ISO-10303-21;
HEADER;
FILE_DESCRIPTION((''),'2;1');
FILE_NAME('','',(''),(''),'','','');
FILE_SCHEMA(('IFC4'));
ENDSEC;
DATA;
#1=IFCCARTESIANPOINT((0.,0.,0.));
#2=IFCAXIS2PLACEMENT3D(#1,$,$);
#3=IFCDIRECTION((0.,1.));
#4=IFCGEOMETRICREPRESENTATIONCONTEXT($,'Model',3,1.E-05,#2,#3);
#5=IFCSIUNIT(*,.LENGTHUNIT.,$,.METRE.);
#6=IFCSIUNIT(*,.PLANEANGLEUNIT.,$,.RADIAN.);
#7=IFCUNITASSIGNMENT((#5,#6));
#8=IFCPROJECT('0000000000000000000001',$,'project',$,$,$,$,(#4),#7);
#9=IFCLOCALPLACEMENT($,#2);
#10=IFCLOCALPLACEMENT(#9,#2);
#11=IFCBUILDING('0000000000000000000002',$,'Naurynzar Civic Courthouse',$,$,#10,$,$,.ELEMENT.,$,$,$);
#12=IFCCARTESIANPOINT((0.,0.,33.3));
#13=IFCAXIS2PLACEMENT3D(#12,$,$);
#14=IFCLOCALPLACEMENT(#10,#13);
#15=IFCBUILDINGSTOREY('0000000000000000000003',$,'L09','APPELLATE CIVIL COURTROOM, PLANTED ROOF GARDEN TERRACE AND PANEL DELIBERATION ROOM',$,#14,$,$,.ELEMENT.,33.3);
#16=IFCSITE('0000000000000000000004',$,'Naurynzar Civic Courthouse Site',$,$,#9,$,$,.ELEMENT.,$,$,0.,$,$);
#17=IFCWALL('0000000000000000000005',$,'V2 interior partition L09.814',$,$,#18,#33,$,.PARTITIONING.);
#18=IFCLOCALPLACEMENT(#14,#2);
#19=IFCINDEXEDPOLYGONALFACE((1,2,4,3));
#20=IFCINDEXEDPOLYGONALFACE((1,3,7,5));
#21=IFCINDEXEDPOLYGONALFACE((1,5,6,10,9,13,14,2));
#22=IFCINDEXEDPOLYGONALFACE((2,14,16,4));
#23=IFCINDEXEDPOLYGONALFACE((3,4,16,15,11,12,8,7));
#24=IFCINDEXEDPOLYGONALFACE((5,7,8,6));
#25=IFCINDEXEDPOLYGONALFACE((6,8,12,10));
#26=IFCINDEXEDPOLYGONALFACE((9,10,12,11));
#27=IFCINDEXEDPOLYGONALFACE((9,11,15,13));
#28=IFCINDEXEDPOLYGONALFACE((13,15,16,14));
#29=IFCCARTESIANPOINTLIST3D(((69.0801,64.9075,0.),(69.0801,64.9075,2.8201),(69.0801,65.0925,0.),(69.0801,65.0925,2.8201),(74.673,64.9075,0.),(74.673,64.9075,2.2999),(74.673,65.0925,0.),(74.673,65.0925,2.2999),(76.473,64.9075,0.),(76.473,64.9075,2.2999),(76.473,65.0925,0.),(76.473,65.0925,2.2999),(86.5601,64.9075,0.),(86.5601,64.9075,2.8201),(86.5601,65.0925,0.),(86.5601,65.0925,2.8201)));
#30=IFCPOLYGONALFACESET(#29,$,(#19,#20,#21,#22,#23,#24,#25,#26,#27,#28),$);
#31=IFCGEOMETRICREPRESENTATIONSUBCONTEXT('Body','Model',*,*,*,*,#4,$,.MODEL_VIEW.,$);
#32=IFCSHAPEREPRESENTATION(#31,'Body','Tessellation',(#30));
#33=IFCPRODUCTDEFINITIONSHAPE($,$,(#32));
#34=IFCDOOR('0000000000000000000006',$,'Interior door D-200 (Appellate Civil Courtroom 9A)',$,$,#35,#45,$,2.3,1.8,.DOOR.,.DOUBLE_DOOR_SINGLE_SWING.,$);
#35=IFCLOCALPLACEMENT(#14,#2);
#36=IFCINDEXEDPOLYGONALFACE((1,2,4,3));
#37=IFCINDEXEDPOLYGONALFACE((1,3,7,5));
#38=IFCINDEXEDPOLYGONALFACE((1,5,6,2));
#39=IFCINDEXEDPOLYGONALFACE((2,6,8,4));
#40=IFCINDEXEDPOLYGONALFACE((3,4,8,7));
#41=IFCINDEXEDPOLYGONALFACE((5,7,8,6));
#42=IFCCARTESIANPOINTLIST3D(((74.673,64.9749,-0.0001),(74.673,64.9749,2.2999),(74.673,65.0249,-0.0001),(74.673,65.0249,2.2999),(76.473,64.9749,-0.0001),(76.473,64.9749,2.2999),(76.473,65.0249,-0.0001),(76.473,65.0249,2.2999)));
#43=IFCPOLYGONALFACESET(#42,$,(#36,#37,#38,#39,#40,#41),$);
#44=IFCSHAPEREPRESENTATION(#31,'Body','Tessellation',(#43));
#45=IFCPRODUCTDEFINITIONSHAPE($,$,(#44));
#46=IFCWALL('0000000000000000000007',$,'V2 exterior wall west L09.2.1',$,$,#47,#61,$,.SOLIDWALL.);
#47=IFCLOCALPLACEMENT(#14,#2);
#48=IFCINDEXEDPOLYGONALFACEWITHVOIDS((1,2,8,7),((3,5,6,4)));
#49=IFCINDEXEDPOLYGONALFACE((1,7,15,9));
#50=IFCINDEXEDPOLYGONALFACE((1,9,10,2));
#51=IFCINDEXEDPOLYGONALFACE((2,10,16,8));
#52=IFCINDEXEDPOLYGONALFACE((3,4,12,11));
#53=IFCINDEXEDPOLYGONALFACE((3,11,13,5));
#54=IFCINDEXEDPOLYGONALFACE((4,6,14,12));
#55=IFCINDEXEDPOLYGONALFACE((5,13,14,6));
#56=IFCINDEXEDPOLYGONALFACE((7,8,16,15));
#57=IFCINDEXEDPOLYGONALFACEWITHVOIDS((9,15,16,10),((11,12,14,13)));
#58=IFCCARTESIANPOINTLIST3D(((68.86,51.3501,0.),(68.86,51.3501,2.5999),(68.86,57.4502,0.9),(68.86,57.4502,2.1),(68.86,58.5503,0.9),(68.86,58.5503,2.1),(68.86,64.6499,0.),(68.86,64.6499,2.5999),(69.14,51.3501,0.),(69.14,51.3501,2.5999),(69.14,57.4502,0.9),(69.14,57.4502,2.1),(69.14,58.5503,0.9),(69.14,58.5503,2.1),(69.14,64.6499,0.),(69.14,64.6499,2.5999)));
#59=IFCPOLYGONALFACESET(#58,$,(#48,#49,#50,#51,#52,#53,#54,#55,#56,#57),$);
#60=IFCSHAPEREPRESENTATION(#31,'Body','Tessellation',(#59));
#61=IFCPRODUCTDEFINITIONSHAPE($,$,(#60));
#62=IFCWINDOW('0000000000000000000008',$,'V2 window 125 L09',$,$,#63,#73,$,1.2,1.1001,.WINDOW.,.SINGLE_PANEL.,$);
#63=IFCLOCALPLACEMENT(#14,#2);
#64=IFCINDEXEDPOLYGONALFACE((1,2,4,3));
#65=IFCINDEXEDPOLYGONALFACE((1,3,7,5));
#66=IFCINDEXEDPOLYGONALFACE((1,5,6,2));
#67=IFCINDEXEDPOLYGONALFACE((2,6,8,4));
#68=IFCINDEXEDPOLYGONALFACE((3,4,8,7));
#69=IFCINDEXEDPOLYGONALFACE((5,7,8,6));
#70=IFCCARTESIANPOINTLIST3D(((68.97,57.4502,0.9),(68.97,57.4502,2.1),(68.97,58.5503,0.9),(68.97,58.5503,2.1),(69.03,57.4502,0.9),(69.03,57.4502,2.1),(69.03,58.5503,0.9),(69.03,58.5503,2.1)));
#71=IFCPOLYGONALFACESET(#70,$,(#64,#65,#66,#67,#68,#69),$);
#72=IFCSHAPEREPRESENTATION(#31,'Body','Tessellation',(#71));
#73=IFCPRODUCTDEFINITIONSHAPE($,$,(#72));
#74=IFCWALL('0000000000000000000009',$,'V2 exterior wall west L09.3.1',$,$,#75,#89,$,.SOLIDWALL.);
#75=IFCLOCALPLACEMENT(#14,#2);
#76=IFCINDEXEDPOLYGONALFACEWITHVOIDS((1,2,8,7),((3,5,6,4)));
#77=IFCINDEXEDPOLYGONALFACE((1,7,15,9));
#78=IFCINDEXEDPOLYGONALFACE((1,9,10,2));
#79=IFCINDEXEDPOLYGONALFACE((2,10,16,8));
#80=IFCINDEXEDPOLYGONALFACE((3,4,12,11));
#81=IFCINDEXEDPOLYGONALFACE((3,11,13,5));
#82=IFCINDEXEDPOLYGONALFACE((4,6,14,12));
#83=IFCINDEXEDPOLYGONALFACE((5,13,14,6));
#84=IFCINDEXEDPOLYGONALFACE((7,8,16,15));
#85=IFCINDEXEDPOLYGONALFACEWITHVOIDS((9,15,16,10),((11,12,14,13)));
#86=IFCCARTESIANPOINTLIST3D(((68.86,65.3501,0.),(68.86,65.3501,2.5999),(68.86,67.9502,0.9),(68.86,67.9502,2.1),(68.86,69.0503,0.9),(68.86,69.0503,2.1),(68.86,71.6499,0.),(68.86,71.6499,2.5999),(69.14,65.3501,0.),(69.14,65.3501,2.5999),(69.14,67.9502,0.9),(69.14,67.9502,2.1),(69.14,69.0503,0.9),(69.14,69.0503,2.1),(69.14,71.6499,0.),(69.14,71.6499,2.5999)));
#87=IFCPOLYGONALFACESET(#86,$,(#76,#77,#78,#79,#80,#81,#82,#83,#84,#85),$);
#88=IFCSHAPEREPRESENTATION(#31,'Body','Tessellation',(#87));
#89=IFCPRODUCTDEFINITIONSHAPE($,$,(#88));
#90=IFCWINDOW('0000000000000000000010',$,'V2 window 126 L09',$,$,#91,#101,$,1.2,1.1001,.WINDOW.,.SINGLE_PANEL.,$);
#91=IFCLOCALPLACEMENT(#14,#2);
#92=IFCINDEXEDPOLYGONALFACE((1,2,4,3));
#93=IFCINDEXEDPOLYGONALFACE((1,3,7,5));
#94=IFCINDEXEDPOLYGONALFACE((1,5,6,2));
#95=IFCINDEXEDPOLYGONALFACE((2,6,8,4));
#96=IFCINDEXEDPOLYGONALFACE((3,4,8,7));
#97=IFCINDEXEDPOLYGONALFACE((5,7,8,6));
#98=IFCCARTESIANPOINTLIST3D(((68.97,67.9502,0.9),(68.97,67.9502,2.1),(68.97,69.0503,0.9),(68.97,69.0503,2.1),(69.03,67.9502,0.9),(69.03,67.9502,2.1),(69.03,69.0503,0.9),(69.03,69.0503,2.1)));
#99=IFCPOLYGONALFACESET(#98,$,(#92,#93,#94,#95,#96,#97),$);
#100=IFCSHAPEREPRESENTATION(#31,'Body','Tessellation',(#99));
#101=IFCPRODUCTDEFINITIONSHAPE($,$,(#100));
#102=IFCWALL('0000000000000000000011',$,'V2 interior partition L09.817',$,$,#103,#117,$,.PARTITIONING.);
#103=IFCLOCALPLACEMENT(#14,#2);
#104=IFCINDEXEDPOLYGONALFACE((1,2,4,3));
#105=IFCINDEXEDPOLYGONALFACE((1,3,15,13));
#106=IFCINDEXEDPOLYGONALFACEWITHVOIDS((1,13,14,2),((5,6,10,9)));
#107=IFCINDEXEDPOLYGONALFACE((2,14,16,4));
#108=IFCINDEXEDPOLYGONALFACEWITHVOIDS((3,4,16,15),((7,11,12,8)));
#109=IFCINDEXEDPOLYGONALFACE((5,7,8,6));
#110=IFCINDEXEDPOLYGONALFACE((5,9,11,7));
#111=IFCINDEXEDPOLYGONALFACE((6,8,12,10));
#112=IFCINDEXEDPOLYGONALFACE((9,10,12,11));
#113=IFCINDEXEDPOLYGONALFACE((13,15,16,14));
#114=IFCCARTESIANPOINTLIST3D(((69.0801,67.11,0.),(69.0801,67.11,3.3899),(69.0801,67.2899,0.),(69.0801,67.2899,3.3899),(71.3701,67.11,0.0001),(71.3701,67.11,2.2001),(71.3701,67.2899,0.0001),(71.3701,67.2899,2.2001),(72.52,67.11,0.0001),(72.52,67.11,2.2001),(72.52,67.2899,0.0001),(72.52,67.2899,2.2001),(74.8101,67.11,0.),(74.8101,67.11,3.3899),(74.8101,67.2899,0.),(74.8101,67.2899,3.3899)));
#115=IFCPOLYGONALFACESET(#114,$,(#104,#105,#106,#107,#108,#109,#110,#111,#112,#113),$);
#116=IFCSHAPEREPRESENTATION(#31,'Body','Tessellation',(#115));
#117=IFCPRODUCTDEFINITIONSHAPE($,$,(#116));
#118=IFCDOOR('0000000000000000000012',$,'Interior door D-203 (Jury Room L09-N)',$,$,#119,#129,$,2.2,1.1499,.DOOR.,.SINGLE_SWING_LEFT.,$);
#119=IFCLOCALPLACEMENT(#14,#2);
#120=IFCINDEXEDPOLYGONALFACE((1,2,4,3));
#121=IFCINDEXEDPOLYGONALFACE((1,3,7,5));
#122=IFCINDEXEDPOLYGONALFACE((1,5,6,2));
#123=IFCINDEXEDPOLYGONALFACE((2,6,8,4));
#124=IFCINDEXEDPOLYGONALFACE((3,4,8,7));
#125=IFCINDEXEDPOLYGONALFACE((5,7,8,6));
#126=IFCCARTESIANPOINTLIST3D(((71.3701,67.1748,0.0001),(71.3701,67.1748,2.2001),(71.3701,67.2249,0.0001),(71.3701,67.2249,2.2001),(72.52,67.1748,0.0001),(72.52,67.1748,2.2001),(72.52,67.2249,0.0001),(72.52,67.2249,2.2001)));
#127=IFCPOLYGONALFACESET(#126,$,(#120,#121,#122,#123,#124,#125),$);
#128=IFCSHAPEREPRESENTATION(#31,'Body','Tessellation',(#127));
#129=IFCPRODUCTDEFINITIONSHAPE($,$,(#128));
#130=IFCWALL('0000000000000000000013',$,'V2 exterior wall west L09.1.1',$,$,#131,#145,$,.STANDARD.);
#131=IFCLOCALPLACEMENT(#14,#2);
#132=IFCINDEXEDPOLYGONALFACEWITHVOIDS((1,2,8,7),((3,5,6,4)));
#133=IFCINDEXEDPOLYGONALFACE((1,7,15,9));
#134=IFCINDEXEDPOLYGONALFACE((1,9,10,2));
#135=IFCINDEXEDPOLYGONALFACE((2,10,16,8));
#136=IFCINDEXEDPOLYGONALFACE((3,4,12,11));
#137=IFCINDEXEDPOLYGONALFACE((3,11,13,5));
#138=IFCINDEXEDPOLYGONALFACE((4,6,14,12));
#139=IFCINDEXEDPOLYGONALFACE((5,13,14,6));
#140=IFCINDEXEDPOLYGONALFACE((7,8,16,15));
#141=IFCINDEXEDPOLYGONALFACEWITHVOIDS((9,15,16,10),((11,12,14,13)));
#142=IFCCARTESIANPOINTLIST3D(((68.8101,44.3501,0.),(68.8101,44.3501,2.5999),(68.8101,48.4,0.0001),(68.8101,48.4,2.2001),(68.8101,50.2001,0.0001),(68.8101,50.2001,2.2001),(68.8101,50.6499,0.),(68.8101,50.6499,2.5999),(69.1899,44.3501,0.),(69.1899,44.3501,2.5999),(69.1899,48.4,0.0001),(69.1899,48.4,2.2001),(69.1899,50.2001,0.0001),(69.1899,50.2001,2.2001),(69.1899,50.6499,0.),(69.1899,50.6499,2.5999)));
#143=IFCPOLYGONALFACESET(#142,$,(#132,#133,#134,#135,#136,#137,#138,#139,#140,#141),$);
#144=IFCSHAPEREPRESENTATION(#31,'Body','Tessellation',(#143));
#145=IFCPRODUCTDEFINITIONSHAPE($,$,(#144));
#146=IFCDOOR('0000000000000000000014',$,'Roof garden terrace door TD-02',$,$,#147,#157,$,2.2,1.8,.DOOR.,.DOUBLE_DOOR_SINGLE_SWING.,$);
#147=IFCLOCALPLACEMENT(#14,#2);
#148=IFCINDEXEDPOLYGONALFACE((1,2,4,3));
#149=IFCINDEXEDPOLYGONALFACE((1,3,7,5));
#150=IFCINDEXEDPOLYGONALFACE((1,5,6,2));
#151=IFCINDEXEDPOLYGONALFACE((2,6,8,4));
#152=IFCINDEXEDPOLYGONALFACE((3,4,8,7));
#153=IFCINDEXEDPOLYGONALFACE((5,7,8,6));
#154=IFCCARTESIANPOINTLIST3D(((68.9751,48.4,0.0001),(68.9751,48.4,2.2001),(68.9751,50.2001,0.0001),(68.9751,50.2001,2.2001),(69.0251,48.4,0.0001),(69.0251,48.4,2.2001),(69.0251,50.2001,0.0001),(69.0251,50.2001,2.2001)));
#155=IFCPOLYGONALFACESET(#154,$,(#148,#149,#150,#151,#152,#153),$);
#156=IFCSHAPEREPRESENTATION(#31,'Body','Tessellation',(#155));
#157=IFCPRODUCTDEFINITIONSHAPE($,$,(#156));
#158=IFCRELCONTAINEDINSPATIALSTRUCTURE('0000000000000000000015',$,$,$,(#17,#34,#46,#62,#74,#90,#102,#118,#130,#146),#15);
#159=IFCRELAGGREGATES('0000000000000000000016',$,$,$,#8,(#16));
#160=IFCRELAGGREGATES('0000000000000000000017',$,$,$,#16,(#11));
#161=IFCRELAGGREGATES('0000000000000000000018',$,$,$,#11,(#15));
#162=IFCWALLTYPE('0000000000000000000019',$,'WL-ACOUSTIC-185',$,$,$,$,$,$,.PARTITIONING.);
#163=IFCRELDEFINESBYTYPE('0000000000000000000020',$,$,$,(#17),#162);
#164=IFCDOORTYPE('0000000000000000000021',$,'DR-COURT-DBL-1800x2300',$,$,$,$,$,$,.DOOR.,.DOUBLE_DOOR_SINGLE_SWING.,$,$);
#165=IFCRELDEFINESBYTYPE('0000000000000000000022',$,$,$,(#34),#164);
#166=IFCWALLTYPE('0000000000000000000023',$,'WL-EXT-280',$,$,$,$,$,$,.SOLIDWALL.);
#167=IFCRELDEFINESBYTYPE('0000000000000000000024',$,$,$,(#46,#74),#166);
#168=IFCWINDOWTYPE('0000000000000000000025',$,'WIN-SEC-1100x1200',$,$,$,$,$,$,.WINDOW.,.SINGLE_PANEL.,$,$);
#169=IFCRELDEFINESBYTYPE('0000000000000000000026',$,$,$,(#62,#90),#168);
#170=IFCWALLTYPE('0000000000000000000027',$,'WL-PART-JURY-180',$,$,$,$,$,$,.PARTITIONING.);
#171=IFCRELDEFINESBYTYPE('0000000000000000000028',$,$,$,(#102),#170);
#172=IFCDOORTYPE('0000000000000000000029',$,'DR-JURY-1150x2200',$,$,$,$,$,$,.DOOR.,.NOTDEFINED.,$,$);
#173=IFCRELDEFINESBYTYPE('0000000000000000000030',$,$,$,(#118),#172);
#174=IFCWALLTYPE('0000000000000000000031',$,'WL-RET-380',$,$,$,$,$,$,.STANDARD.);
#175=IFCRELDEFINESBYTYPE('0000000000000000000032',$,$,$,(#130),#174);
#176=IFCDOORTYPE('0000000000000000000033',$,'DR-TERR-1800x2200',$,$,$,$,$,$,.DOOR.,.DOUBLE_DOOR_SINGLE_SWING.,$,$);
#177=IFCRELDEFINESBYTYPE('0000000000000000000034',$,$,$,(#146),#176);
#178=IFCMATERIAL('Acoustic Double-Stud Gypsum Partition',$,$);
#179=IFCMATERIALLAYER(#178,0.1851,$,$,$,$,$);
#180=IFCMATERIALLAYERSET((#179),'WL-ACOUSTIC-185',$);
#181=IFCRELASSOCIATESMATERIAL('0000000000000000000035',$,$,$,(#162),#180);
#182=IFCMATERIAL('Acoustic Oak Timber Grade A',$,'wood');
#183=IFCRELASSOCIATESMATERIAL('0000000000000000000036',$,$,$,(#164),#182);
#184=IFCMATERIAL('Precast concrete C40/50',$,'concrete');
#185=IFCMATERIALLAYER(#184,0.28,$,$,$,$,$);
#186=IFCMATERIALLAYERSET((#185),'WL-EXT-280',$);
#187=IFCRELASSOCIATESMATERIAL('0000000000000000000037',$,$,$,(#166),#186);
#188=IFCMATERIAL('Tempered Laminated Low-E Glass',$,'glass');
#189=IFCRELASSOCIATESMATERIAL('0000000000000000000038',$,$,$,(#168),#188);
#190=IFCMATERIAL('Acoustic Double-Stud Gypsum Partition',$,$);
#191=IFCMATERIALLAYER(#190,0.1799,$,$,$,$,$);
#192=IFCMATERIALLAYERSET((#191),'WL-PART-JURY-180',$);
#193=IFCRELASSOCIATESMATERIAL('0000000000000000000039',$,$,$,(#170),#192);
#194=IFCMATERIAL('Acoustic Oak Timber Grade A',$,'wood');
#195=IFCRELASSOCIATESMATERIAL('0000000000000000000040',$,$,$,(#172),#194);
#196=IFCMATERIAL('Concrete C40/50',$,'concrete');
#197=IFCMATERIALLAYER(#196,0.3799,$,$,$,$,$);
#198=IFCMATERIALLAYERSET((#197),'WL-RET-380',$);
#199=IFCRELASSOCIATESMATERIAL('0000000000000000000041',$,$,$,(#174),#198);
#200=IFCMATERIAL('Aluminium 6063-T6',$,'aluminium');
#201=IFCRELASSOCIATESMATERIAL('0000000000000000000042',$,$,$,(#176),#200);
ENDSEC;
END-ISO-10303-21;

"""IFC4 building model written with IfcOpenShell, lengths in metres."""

from ifc_helpers import new_model, si_unit, direction, frame, frame_2d, origin, place, context, subcontext, project, spatial, rectangle, extrude, material, layer, layer_set, type_object, element, fill, save


model = new_model("IFC4")

# Units and contexts
model_context = context("Model", 3, precision=1e-05, world=origin(), true_north=direction((0.0, 1.0)))
body_context = subcontext(model_context, "Body", "Model", "MODEL_VIEW")
ifc_project = project(units=[si_unit("LENGTHUNIT", "METRE"), si_unit("PLANEANGLEUNIT", "RADIAN")], contexts=[model_context])

# Site, building, storey
site_placement = place(None, origin())
site = spatial("IfcSite", under=ifc_project, at=site_placement, Name="Naurynzar Civic Courthouse Site", CompositionType="ELEMENT", RefElevation=0.0)
building_placement = place(site_placement, origin())
building = spatial("IfcBuilding", under=site, at=building_placement, Name="Naurynzar Civic Courthouse", CompositionType="ELEMENT")
storey_placement = place(building_placement, frame((0.0, 0.0, 33.3)))
storey = spatial("IfcBuildingStorey", under=building, at=storey_placement, Name="L09", Description="APPELLATE CIVIL COURTROOM, PLANTED ROOF GARDEN TERRACE AND PANEL DELIBERATION ROOM", CompositionType="ELEMENT", Elevation=33.3)

# Shared definitions
ifc_material_1 = material(Name="Acoustic Double-Stud Gypsum Partition")
ifc_layer_1 = layer(ifc_material_1, 0.1851)
ifc_layer_set_1 = layer_set([ifc_layer_1], Name="WL-ACOUSTIC-185")
wall_type_1 = type_object("IfcWallType", Name="WL-ACOUSTIC-185", PredefinedType="PARTITIONING", material=ifc_layer_set_1)

# Wall, opening, door
wall_1_placement = place(storey_placement, frame((69.0801, 65.0, 0.0), z_axis=(0.0, 0.0, 1.0), x_axis=(1.0, 0.0, 0.0)))
wall_1 = element("IfcWall", 1, at=wall_1_placement, inside=storey, type_object=wall_type_1, Name="V2 interior partition L09.814", PredefinedType="PARTITIONING", context=body_context, shape_type="SweptSolid", body=[
    extrude(rectangle(XDim=17.48, YDim=0.1851, at=frame_2d((8.74, 0.0))), origin(), (0.0, 0.0, 1.0), 2.8201),
])
opening_1_placement = place(wall_1_placement, frame((5.593, 0.0, 0.0)))
opening_1 = element("IfcOpeningElement", 2, at=opening_1_placement, cuts=wall_1, PredefinedType="OPENING", context=body_context, shape_type="SweptSolid", body=[
    extrude(rectangle(XDim=1.8, YDim=2.3, at=frame_2d((0.8999, 1.1499))), frame((0.0, 0.1025, 0.0), z_axis=(0.0, -1.0, 0.0), x_axis=(1.0, 0.0, 0.0)), (0.0, 0.0, 1.0), 0.2051),
])
ifc_material_2 = material(Name="Acoustic Oak Timber Grade A", Category="wood")
door_type_1 = type_object("IfcDoorType", Name="DR-COURT-DBL-1800x2300", OperationType="DOUBLE_DOOR_SINGLE_SWING", PredefinedType="DOOR", material=ifc_material_2)
door_1_placement = place(opening_1_placement, origin())
door_1 = element("IfcDoor", 3, at=door_1_placement, inside=storey, type_object=door_type_1, Name="Interior door D-200 (Appellate Civil Courtroom 9A)", OperationType="DOUBLE_DOOR_SINGLE_SWING", OverallHeight=2.3, OverallWidth=1.8, PredefinedType="DOOR", context=body_context, shape_type="SweptSolid", body=[
    extrude(rectangle(XDim=1.8, YDim=2.3, at=frame_2d((0.8999, 1.1499))), frame((0.0, 0.0249, 0.0), z_axis=(0.0, -1.0, 0.0), x_axis=(1.0, 0.0, 0.0)), (0.0, 0.0, 1.0), 0.05),
])
fill(opening_1, door_1)

# Walls, openings, windows
ifc_material_3 = material(Name="Precast concrete C40/50", Category="concrete")
ifc_layer_2 = layer(ifc_material_3, 0.28)
ifc_layer_set_2 = layer_set([ifc_layer_2], Name="WL-EXT-280")
wall_type_2 = type_object("IfcWallType", Name="WL-EXT-280", PredefinedType="SOLIDWALL", material=ifc_layer_set_2)
wall_2_placement = place(storey_placement, frame((69.0, 51.3501, 0.0), z_axis=(0.0, 0.0, 1.0), x_axis=(0.0, 1.0, 0.0)))
wall_2 = element("IfcWall", 4, at=wall_2_placement, inside=storey, type_object=wall_type_2, Name="V2 exterior wall west L09.2.1", PredefinedType="SOLIDWALL", context=body_context, shape_type="SweptSolid", body=[
    extrude(rectangle(XDim=13.2998, YDim=0.28, at=frame_2d((6.6499, 0.0))), origin(), (0.0, 0.0, 1.0), 2.5999),
])
opening_2_placement = place(wall_2_placement, frame((6.1001, 0.0, 0.8999)))
opening_2 = element("IfcOpeningElement", 5, at=opening_2_placement, cuts=wall_2, PredefinedType="OPENING", context=body_context, shape_type="SweptSolid", body=[
    extrude(rectangle(XDim=1.1001, YDim=1.2, at=frame_2d((0.55, 0.6001))), frame((0.0, 0.1499, 0.0), z_axis=(0.0, -1.0, 0.0), x_axis=(1.0, 0.0, 0.0)), (0.0, 0.0, 1.0), 0.3),
])
ifc_material_4 = material(Name="Tempered Laminated Low-E Glass", Category="glass")
window_type = type_object("IfcWindowType", Name="WIN-SEC-1100x1200", PartitioningType="SINGLE_PANEL", PredefinedType="WINDOW", material=ifc_material_4)
window_1_placement = place(opening_2_placement, origin())
window_1 = element("IfcWindow", 6, at=window_1_placement, inside=storey, type_object=window_type, Name="V2 window 125 L09", OverallHeight=1.2, OverallWidth=1.1001, PartitioningType="SINGLE_PANEL", PredefinedType="WINDOW", context=body_context, shape_type="SweptSolid", body=[
    extrude(rectangle(XDim=1.1001, YDim=1.2, at=frame_2d((0.55, 0.6001))), frame((0.0, 0.03, 0.0), z_axis=(0.0, -1.0, 0.0), x_axis=(1.0, 0.0, 0.0)), (0.0, 0.0, 1.0), 0.0601),
])
fill(opening_2, window_1)
wall_3_placement = place(storey_placement, frame((69.0, 65.3501, 0.0), z_axis=(0.0, 0.0, 1.0), x_axis=(0.0, 1.0, 0.0)))
wall_3 = element("IfcWall", 7, at=wall_3_placement, inside=storey, type_object=wall_type_2, Name="V2 exterior wall west L09.3.1", PredefinedType="SOLIDWALL", context=body_context, shape_type="SweptSolid", body=[
    extrude(rectangle(XDim=6.2998, YDim=0.28, at=frame_2d((3.1499, 0.0))), origin(), (0.0, 0.0, 1.0), 2.5999),
])
opening_3_placement = place(wall_3_placement, frame((2.6001, 0.0, 0.8999)))
opening_3 = element("IfcOpeningElement", 8, at=opening_3_placement, cuts=wall_3, PredefinedType="OPENING", context=body_context, shape_type="SweptSolid", body=[
    extrude(rectangle(XDim=1.1001, YDim=1.2, at=frame_2d((0.55, 0.6001))), frame((0.0, 0.1499, 0.0), z_axis=(0.0, -1.0, 0.0), x_axis=(1.0, 0.0, 0.0)), (0.0, 0.0, 1.0), 0.3),
])
window_2_placement = place(opening_3_placement, origin())
window_2 = element("IfcWindow", 9, at=window_2_placement, inside=storey, type_object=window_type, Name="V2 window 126 L09", OverallHeight=1.2, OverallWidth=1.1001, PartitioningType="SINGLE_PANEL", PredefinedType="WINDOW", context=body_context, shape_type="SweptSolid", body=[
    extrude(rectangle(XDim=1.1001, YDim=1.2, at=frame_2d((0.55, 0.6001))), frame((0.0, 0.03, 0.0), z_axis=(0.0, -1.0, 0.0), x_axis=(1.0, 0.0, 0.0)), (0.0, 0.0, 1.0), 0.0601),
])
fill(opening_3, window_2)

# Walls, openings, doors
ifc_material_5 = material(Name="Acoustic Double-Stud Gypsum Partition")
ifc_layer_3 = layer(ifc_material_5, 0.1799)
ifc_layer_set_3 = layer_set([ifc_layer_3], Name="WL-PART-JURY-180")
wall_type_3 = type_object("IfcWallType", Name="WL-PART-JURY-180", PredefinedType="PARTITIONING", material=ifc_layer_set_3)
wall_4_placement = place(storey_placement, frame((69.0801, 67.2, 0.0), z_axis=(0.0, 0.0, 1.0), x_axis=(1.0, 0.0, 0.0)))
wall_4 = element("IfcWall", 10, at=wall_4_placement, inside=storey, type_object=wall_type_3, Name="V2 interior partition L09.817", PredefinedType="PARTITIONING", context=body_context, shape_type="SweptSolid", body=[
    extrude(rectangle(XDim=5.73, YDim=0.1799, at=frame_2d((2.865, 0.0))), origin(), (0.0, 0.0, 1.0), 3.3899),
])
opening_4_placement = place(wall_4_placement, frame((2.29, 0.0, 0.0)))
opening_4 = element("IfcOpeningElement", 11, at=opening_4_placement, cuts=wall_4, PredefinedType="OPENING", context=body_context, shape_type="SweptSolid", body=[
    extrude(rectangle(XDim=1.1499, YDim=2.2, at=frame_2d((0.575, 1.1001))), frame((0.0, 0.0999, 0.0), z_axis=(0.0, -1.0, 0.0), x_axis=(1.0, 0.0, 0.0)), (0.0, 0.0, 1.0), 0.2),
])
ifc_material_6 = material(Name="Acoustic Oak Timber Grade A", Category="wood")
door_type_2 = type_object("IfcDoorType", Name="DR-JURY-1150x2200", OperationType="NOTDEFINED", PredefinedType="DOOR", material=ifc_material_6)
door_2_placement = place(opening_4_placement, origin())
door_2 = element("IfcDoor", 12, at=door_2_placement, inside=storey, type_object=door_type_2, Name="Interior door D-203 (Jury Room L09-N)", OperationType="SINGLE_SWING_LEFT", OverallHeight=2.2, OverallWidth=1.1499, PredefinedType="DOOR", context=body_context, shape_type="SweptSolid", body=[
    extrude(rectangle(XDim=1.1499, YDim=2.2, at=frame_2d((0.575, 1.1001))), frame((0.0, 0.0249, 0.0), z_axis=(0.0, -1.0, 0.0), x_axis=(1.0, 0.0, 0.0)), (0.0, 0.0, 1.0), 0.05),
])
fill(opening_4, door_2)
ifc_material_7 = material(Name="Concrete C40/50", Category="concrete")
ifc_layer_4 = layer(ifc_material_7, 0.3799)
ifc_layer_set_4 = layer_set([ifc_layer_4], Name="WL-RET-380")
wall_type_4 = type_object("IfcWallType", Name="WL-RET-380", PredefinedType="STANDARD", material=ifc_layer_set_4)
wall_5_placement = place(storey_placement, frame((69.0, 44.3501, 0.0), z_axis=(0.0, 0.0, 1.0), x_axis=(0.0, 1.0, 0.0)))
wall_5 = element("IfcWall", 13, at=wall_5_placement, inside=storey, type_object=wall_type_4, Name="V2 exterior wall west L09.1.1", PredefinedType="STANDARD", context=body_context, shape_type="SweptSolid", body=[
    extrude(rectangle(XDim=6.2998, YDim=0.3799, at=frame_2d((3.1499, 0.0))), origin(), (0.0, 0.0, 1.0), 2.5999),
])
opening_5_placement = place(wall_5_placement, frame((4.05, 0.0, 0.0)))
opening_5 = element("IfcOpeningElement", 14, at=opening_5_placement, cuts=wall_5, PredefinedType="OPENING", context=body_context, shape_type="SweptSolid", body=[
    extrude(rectangle(XDim=1.8, YDim=2.2, at=frame_2d((0.8999, 1.1001))), frame((0.0, 0.2, 0.0), z_axis=(0.0, -1.0, 0.0), x_axis=(1.0, 0.0, 0.0)), (0.0, 0.0, 1.0), 0.3999),
])
ifc_material_8 = material(Name="Aluminium 6063-T6", Category="aluminium")
door_type_3 = type_object("IfcDoorType", Name="DR-TERR-1800x2200", OperationType="DOUBLE_DOOR_SINGLE_SWING", PredefinedType="DOOR", material=ifc_material_8)
door_3_placement = place(opening_5_placement, origin())
door_3 = element("IfcDoor", 15, at=door_3_placement, inside=storey, type_object=door_type_3, Name="Roof garden terrace door TD-02", OperationType="DOUBLE_DOOR_SINGLE_SWING", OverallHeight=2.2, OverallWidth=1.8, PredefinedType="DOOR", context=body_context, shape_type="SweptSolid", body=[
    extrude(rectangle(XDim=1.8, YDim=2.2, at=frame_2d((0.8999, 1.1001))), frame((0.0, 0.0249, 0.0), z_axis=(0.0, -1.0, 0.0), x_axis=(1.0, 0.0, 0.0)), (0.0, 0.0, 1.0), 0.05),
])
fill(opening_5, door_3)

save(model, "model.ifc")
